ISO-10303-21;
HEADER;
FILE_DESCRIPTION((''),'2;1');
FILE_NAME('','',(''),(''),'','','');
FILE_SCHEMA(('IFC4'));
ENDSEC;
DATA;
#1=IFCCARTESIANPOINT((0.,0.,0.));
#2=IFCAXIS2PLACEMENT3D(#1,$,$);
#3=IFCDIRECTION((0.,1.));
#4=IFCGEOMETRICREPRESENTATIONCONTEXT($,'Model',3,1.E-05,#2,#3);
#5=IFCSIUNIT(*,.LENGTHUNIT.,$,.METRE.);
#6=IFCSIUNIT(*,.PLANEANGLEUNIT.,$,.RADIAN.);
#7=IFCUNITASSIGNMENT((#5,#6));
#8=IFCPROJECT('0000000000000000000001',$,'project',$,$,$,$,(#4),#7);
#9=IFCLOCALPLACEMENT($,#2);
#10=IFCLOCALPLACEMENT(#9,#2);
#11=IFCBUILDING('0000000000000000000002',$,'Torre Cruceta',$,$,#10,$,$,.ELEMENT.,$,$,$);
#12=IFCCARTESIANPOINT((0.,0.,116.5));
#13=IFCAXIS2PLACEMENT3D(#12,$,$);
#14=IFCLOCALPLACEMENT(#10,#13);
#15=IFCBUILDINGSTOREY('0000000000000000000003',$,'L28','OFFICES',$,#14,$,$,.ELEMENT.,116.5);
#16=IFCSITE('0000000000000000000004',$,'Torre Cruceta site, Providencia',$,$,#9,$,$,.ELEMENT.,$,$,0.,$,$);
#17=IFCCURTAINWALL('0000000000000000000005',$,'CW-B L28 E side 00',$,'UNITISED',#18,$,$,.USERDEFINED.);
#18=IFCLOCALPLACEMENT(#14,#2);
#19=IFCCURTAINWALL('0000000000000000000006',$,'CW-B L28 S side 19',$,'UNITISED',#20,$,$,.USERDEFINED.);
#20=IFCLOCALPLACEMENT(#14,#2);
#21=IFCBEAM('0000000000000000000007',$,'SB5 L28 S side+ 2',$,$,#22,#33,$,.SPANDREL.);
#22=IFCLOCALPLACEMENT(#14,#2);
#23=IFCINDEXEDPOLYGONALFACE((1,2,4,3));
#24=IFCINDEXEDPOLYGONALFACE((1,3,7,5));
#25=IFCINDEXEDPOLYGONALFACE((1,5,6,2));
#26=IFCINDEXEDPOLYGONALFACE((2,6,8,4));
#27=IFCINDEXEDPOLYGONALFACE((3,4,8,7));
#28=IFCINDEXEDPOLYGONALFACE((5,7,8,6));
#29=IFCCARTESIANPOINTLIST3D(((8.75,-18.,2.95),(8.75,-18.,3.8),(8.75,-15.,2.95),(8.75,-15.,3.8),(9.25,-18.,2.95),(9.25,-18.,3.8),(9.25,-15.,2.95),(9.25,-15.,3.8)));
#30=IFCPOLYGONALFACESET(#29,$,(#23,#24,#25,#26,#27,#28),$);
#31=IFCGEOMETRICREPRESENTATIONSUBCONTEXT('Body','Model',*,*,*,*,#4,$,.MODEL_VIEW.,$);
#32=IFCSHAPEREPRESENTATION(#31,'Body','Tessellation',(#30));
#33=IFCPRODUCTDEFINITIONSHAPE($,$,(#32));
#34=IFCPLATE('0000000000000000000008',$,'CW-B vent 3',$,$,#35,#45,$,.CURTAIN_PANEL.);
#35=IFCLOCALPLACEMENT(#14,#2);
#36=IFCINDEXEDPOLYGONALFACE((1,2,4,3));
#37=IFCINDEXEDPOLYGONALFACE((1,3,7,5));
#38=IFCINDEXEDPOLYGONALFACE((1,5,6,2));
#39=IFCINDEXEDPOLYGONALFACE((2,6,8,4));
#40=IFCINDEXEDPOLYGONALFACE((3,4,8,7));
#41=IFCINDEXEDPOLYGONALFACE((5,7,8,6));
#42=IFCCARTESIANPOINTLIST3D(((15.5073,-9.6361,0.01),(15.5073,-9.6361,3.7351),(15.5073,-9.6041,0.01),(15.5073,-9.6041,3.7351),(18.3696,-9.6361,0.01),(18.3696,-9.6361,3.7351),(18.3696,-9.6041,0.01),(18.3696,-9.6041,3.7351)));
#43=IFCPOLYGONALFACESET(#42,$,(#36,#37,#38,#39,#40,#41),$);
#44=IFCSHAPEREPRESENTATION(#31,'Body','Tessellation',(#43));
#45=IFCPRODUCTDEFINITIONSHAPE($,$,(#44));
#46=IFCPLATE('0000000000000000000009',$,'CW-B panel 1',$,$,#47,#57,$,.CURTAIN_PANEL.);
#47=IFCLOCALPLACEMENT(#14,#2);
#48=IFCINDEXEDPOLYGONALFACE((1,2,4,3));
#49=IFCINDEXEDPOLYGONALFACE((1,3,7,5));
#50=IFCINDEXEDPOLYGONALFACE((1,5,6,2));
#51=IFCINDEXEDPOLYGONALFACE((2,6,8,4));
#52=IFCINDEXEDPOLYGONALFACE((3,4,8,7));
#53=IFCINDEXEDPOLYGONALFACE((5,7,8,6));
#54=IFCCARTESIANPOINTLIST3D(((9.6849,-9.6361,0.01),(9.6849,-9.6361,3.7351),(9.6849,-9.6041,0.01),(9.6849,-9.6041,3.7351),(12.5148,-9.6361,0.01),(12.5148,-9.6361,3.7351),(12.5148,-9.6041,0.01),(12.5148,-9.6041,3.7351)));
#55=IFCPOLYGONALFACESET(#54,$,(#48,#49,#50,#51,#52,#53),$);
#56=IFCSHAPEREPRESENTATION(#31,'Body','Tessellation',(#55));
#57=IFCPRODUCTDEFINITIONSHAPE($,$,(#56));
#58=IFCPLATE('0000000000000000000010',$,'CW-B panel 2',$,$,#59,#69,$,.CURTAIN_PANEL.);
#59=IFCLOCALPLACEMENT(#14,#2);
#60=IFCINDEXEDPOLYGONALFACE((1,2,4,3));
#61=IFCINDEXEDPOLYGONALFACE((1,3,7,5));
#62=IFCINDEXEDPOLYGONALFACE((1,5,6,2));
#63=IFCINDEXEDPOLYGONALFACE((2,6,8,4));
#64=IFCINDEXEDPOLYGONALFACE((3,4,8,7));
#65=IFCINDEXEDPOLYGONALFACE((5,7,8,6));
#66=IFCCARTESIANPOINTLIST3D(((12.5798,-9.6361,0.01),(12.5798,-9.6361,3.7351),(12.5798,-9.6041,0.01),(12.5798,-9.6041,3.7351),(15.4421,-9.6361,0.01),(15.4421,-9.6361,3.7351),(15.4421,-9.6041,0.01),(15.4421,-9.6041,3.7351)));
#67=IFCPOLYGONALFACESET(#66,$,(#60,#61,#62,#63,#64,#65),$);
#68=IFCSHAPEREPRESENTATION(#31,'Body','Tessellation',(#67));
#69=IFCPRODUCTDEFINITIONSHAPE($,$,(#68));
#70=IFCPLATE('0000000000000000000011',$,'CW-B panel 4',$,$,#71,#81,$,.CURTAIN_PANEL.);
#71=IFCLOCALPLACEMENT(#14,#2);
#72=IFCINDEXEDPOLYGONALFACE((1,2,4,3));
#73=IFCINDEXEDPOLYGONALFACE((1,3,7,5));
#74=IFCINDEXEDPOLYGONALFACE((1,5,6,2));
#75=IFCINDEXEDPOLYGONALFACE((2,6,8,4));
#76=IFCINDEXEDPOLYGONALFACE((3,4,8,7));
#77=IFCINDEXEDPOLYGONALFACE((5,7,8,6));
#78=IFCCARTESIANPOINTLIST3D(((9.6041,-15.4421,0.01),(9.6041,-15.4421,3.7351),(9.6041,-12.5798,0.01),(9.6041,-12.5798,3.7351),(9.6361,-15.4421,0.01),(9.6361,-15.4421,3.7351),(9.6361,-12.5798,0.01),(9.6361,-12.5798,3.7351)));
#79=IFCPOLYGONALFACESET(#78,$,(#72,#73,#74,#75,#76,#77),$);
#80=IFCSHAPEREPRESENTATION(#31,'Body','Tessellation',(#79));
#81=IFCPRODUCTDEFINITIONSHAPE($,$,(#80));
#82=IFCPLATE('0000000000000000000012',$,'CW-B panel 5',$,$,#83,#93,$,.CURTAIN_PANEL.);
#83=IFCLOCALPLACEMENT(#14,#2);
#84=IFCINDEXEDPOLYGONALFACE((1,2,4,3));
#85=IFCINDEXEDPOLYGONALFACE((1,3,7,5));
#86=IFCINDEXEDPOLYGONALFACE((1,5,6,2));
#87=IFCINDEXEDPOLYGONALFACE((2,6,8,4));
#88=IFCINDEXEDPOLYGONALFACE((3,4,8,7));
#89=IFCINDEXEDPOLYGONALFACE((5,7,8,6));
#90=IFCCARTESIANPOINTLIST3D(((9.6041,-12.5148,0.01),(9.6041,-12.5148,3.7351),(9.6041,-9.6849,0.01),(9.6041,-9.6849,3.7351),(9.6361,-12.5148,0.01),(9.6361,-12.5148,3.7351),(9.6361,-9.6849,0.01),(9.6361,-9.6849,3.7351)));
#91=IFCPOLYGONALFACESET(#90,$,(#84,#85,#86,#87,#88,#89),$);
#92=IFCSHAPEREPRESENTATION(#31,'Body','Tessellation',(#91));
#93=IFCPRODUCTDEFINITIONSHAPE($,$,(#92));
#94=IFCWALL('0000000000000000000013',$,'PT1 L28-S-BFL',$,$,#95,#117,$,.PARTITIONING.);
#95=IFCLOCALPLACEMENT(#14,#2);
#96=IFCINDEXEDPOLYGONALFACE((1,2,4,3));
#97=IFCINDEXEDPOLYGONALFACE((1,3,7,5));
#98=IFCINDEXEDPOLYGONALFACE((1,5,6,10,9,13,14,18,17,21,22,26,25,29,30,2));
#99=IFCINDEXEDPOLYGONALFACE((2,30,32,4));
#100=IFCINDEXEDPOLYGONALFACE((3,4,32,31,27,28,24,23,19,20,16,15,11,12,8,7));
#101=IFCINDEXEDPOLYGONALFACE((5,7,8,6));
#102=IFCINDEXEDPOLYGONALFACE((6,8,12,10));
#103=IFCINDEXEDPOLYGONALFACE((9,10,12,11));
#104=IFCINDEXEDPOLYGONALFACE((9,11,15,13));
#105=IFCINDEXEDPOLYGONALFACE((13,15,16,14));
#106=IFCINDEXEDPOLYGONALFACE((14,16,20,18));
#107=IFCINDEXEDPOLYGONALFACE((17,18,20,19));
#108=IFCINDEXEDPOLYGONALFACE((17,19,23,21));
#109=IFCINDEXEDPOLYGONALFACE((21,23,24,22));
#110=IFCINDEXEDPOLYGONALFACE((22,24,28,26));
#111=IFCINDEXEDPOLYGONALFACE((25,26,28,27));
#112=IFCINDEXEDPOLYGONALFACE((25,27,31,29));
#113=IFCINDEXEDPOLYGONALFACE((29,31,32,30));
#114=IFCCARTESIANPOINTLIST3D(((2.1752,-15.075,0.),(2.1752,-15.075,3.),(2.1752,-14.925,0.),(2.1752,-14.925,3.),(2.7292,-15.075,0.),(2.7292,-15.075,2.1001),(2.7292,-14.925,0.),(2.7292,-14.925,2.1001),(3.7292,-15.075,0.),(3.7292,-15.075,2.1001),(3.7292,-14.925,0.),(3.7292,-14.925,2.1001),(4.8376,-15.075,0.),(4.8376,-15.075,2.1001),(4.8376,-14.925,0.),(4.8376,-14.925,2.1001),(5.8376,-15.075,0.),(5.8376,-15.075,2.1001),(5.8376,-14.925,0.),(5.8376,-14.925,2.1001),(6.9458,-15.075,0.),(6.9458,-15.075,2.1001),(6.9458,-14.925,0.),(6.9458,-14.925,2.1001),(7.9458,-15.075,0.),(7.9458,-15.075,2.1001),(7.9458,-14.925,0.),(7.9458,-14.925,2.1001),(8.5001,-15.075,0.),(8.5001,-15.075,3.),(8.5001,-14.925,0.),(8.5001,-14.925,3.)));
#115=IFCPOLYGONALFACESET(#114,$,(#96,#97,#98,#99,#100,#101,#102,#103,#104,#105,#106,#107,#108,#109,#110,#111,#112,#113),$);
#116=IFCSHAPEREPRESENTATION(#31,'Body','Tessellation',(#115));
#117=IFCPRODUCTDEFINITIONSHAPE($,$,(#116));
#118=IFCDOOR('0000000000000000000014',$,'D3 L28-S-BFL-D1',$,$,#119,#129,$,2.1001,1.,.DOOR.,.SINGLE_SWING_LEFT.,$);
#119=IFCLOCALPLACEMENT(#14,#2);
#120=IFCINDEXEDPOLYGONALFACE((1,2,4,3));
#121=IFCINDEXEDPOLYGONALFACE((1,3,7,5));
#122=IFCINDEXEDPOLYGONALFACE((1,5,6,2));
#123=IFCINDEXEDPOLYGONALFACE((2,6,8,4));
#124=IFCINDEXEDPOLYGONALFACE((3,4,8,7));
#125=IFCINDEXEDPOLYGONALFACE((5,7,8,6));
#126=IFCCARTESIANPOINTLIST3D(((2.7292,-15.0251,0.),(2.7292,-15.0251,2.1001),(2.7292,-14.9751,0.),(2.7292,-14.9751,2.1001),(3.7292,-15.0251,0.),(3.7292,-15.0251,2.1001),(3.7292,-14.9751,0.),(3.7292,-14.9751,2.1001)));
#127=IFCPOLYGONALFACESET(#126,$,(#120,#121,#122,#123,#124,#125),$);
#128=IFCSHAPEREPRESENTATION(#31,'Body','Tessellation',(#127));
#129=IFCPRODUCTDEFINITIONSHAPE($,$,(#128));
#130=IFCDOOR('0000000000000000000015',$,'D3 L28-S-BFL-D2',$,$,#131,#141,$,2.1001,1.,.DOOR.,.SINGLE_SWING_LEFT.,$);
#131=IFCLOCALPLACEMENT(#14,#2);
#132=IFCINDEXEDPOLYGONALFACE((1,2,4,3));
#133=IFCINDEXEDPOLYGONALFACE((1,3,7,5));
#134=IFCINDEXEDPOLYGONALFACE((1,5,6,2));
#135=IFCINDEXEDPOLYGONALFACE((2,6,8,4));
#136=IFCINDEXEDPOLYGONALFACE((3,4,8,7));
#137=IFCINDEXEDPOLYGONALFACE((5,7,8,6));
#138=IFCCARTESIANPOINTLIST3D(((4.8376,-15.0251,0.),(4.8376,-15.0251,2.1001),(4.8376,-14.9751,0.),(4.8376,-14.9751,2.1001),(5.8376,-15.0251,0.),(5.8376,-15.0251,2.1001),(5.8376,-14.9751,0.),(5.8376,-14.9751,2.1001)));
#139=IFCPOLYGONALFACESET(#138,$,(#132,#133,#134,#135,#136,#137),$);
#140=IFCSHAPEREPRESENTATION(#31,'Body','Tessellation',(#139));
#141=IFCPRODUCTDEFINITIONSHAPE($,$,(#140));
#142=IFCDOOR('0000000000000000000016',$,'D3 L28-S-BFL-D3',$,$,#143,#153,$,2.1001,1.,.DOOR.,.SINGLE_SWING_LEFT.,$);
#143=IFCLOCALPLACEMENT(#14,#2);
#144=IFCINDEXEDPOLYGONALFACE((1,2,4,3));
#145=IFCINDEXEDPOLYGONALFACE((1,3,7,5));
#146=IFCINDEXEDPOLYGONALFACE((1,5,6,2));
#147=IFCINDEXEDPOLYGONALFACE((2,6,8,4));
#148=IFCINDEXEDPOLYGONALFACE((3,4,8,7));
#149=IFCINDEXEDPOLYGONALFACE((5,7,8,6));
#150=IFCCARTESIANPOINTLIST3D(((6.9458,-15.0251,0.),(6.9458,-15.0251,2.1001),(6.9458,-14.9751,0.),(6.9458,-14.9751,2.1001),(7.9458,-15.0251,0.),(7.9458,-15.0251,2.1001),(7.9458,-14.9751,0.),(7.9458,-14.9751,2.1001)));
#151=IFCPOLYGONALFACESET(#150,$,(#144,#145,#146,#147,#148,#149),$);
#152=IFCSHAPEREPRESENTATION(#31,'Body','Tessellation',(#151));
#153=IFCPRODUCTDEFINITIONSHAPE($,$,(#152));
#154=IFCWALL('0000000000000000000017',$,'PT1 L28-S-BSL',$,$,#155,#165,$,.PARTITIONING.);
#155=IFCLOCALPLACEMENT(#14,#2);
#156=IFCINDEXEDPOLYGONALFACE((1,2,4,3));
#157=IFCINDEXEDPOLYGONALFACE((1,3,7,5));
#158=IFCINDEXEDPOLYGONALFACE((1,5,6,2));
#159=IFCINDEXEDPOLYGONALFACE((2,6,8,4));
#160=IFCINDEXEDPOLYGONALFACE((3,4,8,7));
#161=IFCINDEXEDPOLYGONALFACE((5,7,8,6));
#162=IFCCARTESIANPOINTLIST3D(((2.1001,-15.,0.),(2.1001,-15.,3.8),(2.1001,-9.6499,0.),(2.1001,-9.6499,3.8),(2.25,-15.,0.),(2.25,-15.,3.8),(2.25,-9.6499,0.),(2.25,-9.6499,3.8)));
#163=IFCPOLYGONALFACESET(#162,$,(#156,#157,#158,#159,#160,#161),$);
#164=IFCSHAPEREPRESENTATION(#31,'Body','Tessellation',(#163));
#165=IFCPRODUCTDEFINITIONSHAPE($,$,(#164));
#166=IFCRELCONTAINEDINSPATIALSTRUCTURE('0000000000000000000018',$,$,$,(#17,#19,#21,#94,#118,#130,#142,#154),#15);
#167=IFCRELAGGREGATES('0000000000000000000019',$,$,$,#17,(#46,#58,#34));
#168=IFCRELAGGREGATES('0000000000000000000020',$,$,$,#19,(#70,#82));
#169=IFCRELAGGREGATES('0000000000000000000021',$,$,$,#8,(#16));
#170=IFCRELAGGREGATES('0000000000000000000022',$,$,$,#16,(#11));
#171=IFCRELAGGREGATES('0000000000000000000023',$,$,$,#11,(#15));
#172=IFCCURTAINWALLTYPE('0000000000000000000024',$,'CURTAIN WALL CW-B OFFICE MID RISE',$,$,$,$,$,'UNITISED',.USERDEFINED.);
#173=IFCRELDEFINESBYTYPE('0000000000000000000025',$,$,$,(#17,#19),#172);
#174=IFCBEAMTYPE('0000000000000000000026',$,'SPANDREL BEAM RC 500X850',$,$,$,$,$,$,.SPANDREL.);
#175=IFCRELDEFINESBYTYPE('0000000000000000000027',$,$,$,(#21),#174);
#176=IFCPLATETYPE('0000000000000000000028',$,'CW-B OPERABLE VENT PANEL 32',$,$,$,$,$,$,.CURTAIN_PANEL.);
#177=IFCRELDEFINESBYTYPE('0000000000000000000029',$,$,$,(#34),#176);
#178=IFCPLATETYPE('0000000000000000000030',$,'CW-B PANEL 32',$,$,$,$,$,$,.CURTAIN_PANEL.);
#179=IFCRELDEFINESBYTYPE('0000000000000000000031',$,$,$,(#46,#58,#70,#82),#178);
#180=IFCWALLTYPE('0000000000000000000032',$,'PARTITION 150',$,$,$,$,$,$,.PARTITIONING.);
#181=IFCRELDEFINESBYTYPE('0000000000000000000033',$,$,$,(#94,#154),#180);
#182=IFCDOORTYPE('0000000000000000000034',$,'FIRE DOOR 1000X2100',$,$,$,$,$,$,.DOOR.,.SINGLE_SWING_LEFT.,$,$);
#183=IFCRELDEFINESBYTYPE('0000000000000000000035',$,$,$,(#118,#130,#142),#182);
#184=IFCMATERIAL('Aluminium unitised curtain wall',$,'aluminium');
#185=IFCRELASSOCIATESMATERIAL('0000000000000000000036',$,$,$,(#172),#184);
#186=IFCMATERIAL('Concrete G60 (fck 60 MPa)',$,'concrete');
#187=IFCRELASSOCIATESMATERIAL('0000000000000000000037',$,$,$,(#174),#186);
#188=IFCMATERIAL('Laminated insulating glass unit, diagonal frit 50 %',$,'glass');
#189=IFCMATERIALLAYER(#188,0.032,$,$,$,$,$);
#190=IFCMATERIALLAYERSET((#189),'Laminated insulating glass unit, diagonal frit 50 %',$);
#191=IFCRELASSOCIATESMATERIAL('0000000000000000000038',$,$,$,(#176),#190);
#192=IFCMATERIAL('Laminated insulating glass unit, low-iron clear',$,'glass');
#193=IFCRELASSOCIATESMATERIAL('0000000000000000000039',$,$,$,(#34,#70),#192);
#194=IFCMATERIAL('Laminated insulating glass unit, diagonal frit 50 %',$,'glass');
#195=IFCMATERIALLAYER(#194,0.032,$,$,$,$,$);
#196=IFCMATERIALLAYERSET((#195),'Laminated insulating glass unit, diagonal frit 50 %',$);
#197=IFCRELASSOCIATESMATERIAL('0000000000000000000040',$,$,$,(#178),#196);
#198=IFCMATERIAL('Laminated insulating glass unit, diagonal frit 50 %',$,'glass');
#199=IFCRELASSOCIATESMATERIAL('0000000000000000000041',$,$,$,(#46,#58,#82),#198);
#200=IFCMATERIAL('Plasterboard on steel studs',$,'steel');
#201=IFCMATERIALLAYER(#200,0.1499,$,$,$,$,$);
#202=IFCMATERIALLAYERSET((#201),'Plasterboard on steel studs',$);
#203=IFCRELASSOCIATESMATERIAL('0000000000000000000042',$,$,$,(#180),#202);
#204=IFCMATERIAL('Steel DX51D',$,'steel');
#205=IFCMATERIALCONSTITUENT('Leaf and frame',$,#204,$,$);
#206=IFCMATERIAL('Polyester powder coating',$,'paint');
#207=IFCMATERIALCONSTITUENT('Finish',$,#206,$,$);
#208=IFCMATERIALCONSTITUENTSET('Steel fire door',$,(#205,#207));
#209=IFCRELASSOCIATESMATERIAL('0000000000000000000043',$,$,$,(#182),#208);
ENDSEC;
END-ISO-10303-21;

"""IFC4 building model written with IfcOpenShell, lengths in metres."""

from ifc_helpers import new_model, si_unit, direction, frame, frame_2d, origin, origin_2d, place, context, subcontext, project, spatial, rectangle, extrude, material, layer, layer_set, constituent, constituent_set, material_profile, profile_set, type_object, element, fill, aggregate, save


model = new_model("IFC4")

# Units and contexts
model_context = context("Model", 3, precision=1e-05, world=origin(), true_north=direction((0.0, 1.0)))
body_context = subcontext(model_context, "Body", "Model", "MODEL_VIEW")
ifc_project = project(units=[si_unit("LENGTHUNIT", "METRE"), si_unit("PLANEANGLEUNIT", "RADIAN")], contexts=[model_context])

# Site, building, storey
site_placement = place(None, origin())
site = spatial("IfcSite", under=ifc_project, at=site_placement, Name="Torre Cruceta site, Providencia", CompositionType="ELEMENT", RefElevation=0.0)
building_placement = place(site_placement, origin())
building = spatial("IfcBuilding", under=site, at=building_placement, Name="Torre Cruceta", CompositionType="ELEMENT")
storey_placement = place(building_placement, frame((0.0, 0.0, 116.5)))
storey = spatial("IfcBuildingStorey", under=building, at=storey_placement, Name="L28", Description="OFFICES", CompositionType="ELEMENT", Elevation=116.5)

# Curtain walls
ifc_material_1 = material(Name="Aluminium unitised curtain wall", Category="aluminium")
curtain_wall_type = type_object("IfcCurtainWallType", Name="CURTAIN WALL CW-B OFFICE MID RISE", ElementType="UNITISED", PredefinedType="USERDEFINED", material=ifc_material_1)
curtain_wall_1_placement = place(storey_placement, origin())
curtain_wall_1 = element("IfcCurtainWall", 1, at=curtain_wall_1_placement, inside=storey, type_object=curtain_wall_type, Name="CW-B L28 E side 00", ObjectType="UNITISED", PredefinedType="USERDEFINED")
curtain_wall_2_placement = place(storey_placement, origin())
curtain_wall_2 = element("IfcCurtainWall", 2, at=curtain_wall_2_placement, inside=storey, type_object=curtain_wall_type, Name="CW-B L28 S side 19", ObjectType="UNITISED", PredefinedType="USERDEFINED")

# Beam
ifc_material_2 = material(Name="Concrete G60 (fck 60 MPa)", Category="concrete")
ifc_material_profile_1 = material_profile(ifc_material_2, rectangle(XDim=0.5, YDim=0.8501, at=origin_2d()), Name="RC 500X850")
ifc_profile_set_1 = profile_set([ifc_material_profile_1], Name="Concrete G60 (fck 60 MPa)")
beam_type_1 = type_object("IfcBeamType", Name="SPANDREL BEAM RC 500X850", PredefinedType="SPANDREL", material=ifc_profile_set_1)
beam_1_placement = place(storey_placement, frame((9.0, -15.0, 3.375), z_axis=(0.0, -1.0, 0.0), x_axis=(1.0, 0.0, 0.0)))
element("IfcBeam", 3, at=beam_1_placement, inside=storey, type_object=beam_type_1, Name="SB5 L28 S side+ 2", PredefinedType="SPANDREL", context=body_context, shape_type="SweptSolid", body=[
    extrude(rectangle(XDim=0.5, YDim=0.8501, at=origin_2d()), origin(), (0.0, 0.0, 1.0), 3.0),
])

# Plates
ifc_material_3 = material(Name="Laminated insulating glass unit, low-iron clear", Category="glass")
ifc_material_4 = material(Name="Laminated insulating glass unit, diagonal frit 50 %", Category="glass")
ifc_layer_1 = layer(ifc_material_4, 0.032)
ifc_layer_set_1 = layer_set([ifc_layer_1], Name="Laminated insulating glass unit, diagonal frit 50 %")
plate_type_1 = type_object("IfcPlateType", Name="CW-B OPERABLE VENT PANEL 32", PredefinedType="CURTAIN_PANEL", material=ifc_layer_set_1)
plate_1_placement = place(storey_placement, frame((16.9385, -9.6201, 0.01), z_axis=(0.0, 0.0, 1.0), x_axis=(1.0, 0.0, 0.0)))
plate_1 = element("IfcPlate", 4, at=plate_1_placement, type_object=plate_type_1, material=ifc_material_3, Name="CW-B vent 3", PredefinedType="CURTAIN_PANEL", context=body_context, shape_type="SweptSolid", body=[
    extrude(rectangle(XDim=2.8623, YDim=0.032, at=origin_2d()), origin(), (0.0, 0.0, 1.0), 3.7251),
])
ifc_material_5 = material(Name="Laminated insulating glass unit, diagonal frit 50 %", Category="glass")
ifc_material_6 = material(Name="Laminated insulating glass unit, diagonal frit 50 %", Category="glass")
ifc_layer_2 = layer(ifc_material_6, 0.032)
ifc_layer_set_2 = layer_set([ifc_layer_2], Name="Laminated insulating glass unit, diagonal frit 50 %")
plate_type_2 = type_object("IfcPlateType", Name="CW-B PANEL 32", PredefinedType="CURTAIN_PANEL", material=ifc_layer_set_2)
plate_2_placement = place(storey_placement, frame((11.0999, -9.6201, 0.01), z_axis=(0.0, 0.0, 1.0), x_axis=(1.0, 0.0, 0.0)))
plate_2 = element("IfcPlate", 5, at=plate_2_placement, type_object=plate_type_2, material=ifc_material_5, Name="CW-B panel 1", PredefinedType="CURTAIN_PANEL", context=body_context, shape_type="SweptSolid", body=[
    extrude(rectangle(XDim=2.8298, YDim=0.032, at=origin_2d()), origin(), (0.0, 0.0, 1.0), 3.7251),
])
plate_3_placement = place(storey_placement, frame((14.011, -9.6201, 0.01), z_axis=(0.0, 0.0, 1.0), x_axis=(1.0, 0.0, 0.0)))
plate_3 = element("IfcPlate", 6, at=plate_3_placement, type_object=plate_type_2, material=ifc_material_5, Name="CW-B panel 2", PredefinedType="CURTAIN_PANEL", context=body_context, shape_type="SweptSolid", body=[
    extrude(rectangle(XDim=2.8623, YDim=0.032, at=origin_2d()), origin(), (0.0, 0.0, 1.0), 3.7251),
])
aggregate(curtain_wall_1, [plate_2, plate_3, plate_1])
plate_4_placement = place(storey_placement, frame((9.6201, -14.011, 0.01), z_axis=(0.0, 0.0, 1.0), x_axis=(0.0, 1.0, 0.0)))
plate_4 = element("IfcPlate", 7, at=plate_4_placement, type_object=plate_type_2, material=ifc_material_3, Name="CW-B panel 4", PredefinedType="CURTAIN_PANEL", context=body_context, shape_type="SweptSolid", body=[
    extrude(rectangle(XDim=2.8623, YDim=0.032, at=origin_2d()), origin(), (0.0, 0.0, 1.0), 3.7251),
])
plate_5_placement = place(storey_placement, frame((9.6201, -11.0999, 0.01), z_axis=(0.0, 0.0, 1.0), x_axis=(0.0, 1.0, 0.0)))
plate_5 = element("IfcPlate", 8, at=plate_5_placement, type_object=plate_type_2, material=ifc_material_5, Name="CW-B panel 5", PredefinedType="CURTAIN_PANEL", context=body_context, shape_type="SweptSolid", body=[
    extrude(rectangle(XDim=2.8298, YDim=0.032, at=origin_2d()), origin(), (0.0, 0.0, 1.0), 3.7251),
])
aggregate(curtain_wall_2, [plate_4, plate_5])

# Wall, openings, doors
ifc_material_7 = material(Name="Plasterboard on steel studs", Category="steel")
ifc_layer_3 = layer(ifc_material_7, 0.1499)
ifc_layer_set_3 = layer_set([ifc_layer_3], Name="Plasterboard on steel studs")
wall_type_1 = type_object("IfcWallType", Name="PARTITION 150", PredefinedType="PARTITIONING", material=ifc_layer_set_3)
wall_1_placement = place(storey_placement, frame((2.175, -15.0, 0.0), z_axis=(0.0, 0.0, 1.0), x_axis=(1.0, 0.0, 0.0)))
wall_1 = element("IfcWall", 9, at=wall_1_placement, inside=storey, type_object=wall_type_1, Name="PT1 L28-S-BFL", PredefinedType="PARTITIONING", context=body_context, shape_type="SweptSolid", body=[
    extrude(rectangle(XDim=6.325, YDim=0.1499, at=frame_2d((3.1626, 0.0))), origin(), (0.0, 0.0, 1.0), 3.0),
])
opening_1_placement = place(wall_1_placement, frame((0.5542, 0.0, 0.0)))
opening_1 = element("IfcOpeningElement", 10, at=opening_1_placement, cuts=wall_1, PredefinedType="OPENING", context=body_context, shape_type="SweptSolid", body=[
    extrude(rectangle(XDim=1.0, YDim=2.1001, at=frame_2d((0.5, 1.05))), frame((0.0, 0.085, 0.0), z_axis=(0.0, -1.0, 0.0), x_axis=(1.0, 0.0, 0.0)), (0.0, 0.0, 1.0), 0.1699),
])
opening_2_placement = place(wall_1_placement, frame((2.6626, 0.0, 0.0)))
opening_2 = element("IfcOpeningElement", 11, at=opening_2_placement, cuts=wall_1, PredefinedType="OPENING", context=body_context, shape_type="SweptSolid", body=[
    extrude(rectangle(XDim=1.0, YDim=2.1001, at=frame_2d((0.5, 1.05))), frame((0.0, 0.085, 0.0), z_axis=(0.0, -1.0, 0.0), x_axis=(1.0, 0.0, 0.0)), (0.0, 0.0, 1.0), 0.1699),
])
opening_3_placement = place(wall_1_placement, frame((4.7708, 0.0, 0.0)))
opening_3 = element("IfcOpeningElement", 12, at=opening_3_placement, cuts=wall_1, PredefinedType="OPENING", context=body_context, shape_type="SweptSolid", body=[
    extrude(rectangle(XDim=1.0, YDim=2.1001, at=frame_2d((0.5, 1.05))), frame((0.0, 0.085, 0.0), z_axis=(0.0, -1.0, 0.0), x_axis=(1.0, 0.0, 0.0)), (0.0, 0.0, 1.0), 0.1699),
])
ifc_material_8 = material(Name="Steel DX51D", Category="steel")
ifc_constituent_1 = constituent(ifc_material_8, Name="Leaf and frame")
ifc_material_9 = material(Name="Polyester powder coating", Category="paint")
ifc_constituent_2 = constituent(ifc_material_9, Name="Finish")
ifc_constituent_set = constituent_set(constituents=[ifc_constituent_1, ifc_constituent_2], Name="Steel fire door")
door_type = type_object("IfcDoorType", Name="FIRE DOOR 1000X2100", OperationType="SINGLE_SWING_LEFT", PredefinedType="DOOR", material=ifc_constituent_set)
door_1_placement = place(opening_1_placement, origin())
door_1 = element("IfcDoor", 13, at=door_1_placement, inside=storey, type_object=door_type, Name="D3 L28-S-BFL-D1", OperationType="SINGLE_SWING_LEFT", OverallHeight=2.1001, OverallWidth=1.0, PredefinedType="DOOR", context=body_context, shape_type="SweptSolid", body=[
    extrude(rectangle(XDim=1.0, YDim=2.1001, at=frame_2d((0.5, 1.05))), frame((0.0, 0.0249, 0.0), z_axis=(0.0, -1.0, 0.0), x_axis=(1.0, 0.0, 0.0)), (0.0, 0.0, 1.0), 0.05),
])
fill(opening_1, door_1)
door_2_placement = place(opening_2_placement, origin())
door_2 = element("IfcDoor", 14, at=door_2_placement, inside=storey, type_object=door_type, Name="D3 L28-S-BFL-D2", OperationType="SINGLE_SWING_LEFT", OverallHeight=2.1001, OverallWidth=1.0, PredefinedType="DOOR", context=body_context, shape_type="SweptSolid", body=[
    extrude(rectangle(XDim=1.0, YDim=2.1001, at=frame_2d((0.5, 1.05))), frame((0.0, 0.0249, 0.0), z_axis=(0.0, -1.0, 0.0), x_axis=(1.0, 0.0, 0.0)), (0.0, 0.0, 1.0), 0.05),
])
fill(opening_2, door_2)
door_3_placement = place(opening_3_placement, origin())
door_3 = element("IfcDoor", 15, at=door_3_placement, inside=storey, type_object=door_type, Name="D3 L28-S-BFL-D3", OperationType="SINGLE_SWING_LEFT", OverallHeight=2.1001, OverallWidth=1.0, PredefinedType="DOOR", context=body_context, shape_type="SweptSolid", body=[
    extrude(rectangle(XDim=1.0, YDim=2.1001, at=frame_2d((0.5, 1.05))), frame((0.0, 0.0249, 0.0), z_axis=(0.0, -1.0, 0.0), x_axis=(1.0, 0.0, 0.0)), (0.0, 0.0, 1.0), 0.05),
])
fill(opening_3, door_3)

# Wall
wall_2_placement = place(storey_placement, frame((2.175, -9.6499, 0.0), z_axis=(0.0, 0.0, 1.0), x_axis=(0.0, -1.0, 0.0)))
element("IfcWall", 16, at=wall_2_placement, inside=storey, type_object=wall_type_1, Name="PT1 L28-S-BSL", PredefinedType="PARTITIONING", context=body_context, shape_type="SweptSolid", body=[
    extrude(rectangle(XDim=5.3501, YDim=0.1499, at=frame_2d((2.675, 0.0))), origin(), (0.0, 0.0, 1.0), 3.8),
])

save(model, "model.ifc")
